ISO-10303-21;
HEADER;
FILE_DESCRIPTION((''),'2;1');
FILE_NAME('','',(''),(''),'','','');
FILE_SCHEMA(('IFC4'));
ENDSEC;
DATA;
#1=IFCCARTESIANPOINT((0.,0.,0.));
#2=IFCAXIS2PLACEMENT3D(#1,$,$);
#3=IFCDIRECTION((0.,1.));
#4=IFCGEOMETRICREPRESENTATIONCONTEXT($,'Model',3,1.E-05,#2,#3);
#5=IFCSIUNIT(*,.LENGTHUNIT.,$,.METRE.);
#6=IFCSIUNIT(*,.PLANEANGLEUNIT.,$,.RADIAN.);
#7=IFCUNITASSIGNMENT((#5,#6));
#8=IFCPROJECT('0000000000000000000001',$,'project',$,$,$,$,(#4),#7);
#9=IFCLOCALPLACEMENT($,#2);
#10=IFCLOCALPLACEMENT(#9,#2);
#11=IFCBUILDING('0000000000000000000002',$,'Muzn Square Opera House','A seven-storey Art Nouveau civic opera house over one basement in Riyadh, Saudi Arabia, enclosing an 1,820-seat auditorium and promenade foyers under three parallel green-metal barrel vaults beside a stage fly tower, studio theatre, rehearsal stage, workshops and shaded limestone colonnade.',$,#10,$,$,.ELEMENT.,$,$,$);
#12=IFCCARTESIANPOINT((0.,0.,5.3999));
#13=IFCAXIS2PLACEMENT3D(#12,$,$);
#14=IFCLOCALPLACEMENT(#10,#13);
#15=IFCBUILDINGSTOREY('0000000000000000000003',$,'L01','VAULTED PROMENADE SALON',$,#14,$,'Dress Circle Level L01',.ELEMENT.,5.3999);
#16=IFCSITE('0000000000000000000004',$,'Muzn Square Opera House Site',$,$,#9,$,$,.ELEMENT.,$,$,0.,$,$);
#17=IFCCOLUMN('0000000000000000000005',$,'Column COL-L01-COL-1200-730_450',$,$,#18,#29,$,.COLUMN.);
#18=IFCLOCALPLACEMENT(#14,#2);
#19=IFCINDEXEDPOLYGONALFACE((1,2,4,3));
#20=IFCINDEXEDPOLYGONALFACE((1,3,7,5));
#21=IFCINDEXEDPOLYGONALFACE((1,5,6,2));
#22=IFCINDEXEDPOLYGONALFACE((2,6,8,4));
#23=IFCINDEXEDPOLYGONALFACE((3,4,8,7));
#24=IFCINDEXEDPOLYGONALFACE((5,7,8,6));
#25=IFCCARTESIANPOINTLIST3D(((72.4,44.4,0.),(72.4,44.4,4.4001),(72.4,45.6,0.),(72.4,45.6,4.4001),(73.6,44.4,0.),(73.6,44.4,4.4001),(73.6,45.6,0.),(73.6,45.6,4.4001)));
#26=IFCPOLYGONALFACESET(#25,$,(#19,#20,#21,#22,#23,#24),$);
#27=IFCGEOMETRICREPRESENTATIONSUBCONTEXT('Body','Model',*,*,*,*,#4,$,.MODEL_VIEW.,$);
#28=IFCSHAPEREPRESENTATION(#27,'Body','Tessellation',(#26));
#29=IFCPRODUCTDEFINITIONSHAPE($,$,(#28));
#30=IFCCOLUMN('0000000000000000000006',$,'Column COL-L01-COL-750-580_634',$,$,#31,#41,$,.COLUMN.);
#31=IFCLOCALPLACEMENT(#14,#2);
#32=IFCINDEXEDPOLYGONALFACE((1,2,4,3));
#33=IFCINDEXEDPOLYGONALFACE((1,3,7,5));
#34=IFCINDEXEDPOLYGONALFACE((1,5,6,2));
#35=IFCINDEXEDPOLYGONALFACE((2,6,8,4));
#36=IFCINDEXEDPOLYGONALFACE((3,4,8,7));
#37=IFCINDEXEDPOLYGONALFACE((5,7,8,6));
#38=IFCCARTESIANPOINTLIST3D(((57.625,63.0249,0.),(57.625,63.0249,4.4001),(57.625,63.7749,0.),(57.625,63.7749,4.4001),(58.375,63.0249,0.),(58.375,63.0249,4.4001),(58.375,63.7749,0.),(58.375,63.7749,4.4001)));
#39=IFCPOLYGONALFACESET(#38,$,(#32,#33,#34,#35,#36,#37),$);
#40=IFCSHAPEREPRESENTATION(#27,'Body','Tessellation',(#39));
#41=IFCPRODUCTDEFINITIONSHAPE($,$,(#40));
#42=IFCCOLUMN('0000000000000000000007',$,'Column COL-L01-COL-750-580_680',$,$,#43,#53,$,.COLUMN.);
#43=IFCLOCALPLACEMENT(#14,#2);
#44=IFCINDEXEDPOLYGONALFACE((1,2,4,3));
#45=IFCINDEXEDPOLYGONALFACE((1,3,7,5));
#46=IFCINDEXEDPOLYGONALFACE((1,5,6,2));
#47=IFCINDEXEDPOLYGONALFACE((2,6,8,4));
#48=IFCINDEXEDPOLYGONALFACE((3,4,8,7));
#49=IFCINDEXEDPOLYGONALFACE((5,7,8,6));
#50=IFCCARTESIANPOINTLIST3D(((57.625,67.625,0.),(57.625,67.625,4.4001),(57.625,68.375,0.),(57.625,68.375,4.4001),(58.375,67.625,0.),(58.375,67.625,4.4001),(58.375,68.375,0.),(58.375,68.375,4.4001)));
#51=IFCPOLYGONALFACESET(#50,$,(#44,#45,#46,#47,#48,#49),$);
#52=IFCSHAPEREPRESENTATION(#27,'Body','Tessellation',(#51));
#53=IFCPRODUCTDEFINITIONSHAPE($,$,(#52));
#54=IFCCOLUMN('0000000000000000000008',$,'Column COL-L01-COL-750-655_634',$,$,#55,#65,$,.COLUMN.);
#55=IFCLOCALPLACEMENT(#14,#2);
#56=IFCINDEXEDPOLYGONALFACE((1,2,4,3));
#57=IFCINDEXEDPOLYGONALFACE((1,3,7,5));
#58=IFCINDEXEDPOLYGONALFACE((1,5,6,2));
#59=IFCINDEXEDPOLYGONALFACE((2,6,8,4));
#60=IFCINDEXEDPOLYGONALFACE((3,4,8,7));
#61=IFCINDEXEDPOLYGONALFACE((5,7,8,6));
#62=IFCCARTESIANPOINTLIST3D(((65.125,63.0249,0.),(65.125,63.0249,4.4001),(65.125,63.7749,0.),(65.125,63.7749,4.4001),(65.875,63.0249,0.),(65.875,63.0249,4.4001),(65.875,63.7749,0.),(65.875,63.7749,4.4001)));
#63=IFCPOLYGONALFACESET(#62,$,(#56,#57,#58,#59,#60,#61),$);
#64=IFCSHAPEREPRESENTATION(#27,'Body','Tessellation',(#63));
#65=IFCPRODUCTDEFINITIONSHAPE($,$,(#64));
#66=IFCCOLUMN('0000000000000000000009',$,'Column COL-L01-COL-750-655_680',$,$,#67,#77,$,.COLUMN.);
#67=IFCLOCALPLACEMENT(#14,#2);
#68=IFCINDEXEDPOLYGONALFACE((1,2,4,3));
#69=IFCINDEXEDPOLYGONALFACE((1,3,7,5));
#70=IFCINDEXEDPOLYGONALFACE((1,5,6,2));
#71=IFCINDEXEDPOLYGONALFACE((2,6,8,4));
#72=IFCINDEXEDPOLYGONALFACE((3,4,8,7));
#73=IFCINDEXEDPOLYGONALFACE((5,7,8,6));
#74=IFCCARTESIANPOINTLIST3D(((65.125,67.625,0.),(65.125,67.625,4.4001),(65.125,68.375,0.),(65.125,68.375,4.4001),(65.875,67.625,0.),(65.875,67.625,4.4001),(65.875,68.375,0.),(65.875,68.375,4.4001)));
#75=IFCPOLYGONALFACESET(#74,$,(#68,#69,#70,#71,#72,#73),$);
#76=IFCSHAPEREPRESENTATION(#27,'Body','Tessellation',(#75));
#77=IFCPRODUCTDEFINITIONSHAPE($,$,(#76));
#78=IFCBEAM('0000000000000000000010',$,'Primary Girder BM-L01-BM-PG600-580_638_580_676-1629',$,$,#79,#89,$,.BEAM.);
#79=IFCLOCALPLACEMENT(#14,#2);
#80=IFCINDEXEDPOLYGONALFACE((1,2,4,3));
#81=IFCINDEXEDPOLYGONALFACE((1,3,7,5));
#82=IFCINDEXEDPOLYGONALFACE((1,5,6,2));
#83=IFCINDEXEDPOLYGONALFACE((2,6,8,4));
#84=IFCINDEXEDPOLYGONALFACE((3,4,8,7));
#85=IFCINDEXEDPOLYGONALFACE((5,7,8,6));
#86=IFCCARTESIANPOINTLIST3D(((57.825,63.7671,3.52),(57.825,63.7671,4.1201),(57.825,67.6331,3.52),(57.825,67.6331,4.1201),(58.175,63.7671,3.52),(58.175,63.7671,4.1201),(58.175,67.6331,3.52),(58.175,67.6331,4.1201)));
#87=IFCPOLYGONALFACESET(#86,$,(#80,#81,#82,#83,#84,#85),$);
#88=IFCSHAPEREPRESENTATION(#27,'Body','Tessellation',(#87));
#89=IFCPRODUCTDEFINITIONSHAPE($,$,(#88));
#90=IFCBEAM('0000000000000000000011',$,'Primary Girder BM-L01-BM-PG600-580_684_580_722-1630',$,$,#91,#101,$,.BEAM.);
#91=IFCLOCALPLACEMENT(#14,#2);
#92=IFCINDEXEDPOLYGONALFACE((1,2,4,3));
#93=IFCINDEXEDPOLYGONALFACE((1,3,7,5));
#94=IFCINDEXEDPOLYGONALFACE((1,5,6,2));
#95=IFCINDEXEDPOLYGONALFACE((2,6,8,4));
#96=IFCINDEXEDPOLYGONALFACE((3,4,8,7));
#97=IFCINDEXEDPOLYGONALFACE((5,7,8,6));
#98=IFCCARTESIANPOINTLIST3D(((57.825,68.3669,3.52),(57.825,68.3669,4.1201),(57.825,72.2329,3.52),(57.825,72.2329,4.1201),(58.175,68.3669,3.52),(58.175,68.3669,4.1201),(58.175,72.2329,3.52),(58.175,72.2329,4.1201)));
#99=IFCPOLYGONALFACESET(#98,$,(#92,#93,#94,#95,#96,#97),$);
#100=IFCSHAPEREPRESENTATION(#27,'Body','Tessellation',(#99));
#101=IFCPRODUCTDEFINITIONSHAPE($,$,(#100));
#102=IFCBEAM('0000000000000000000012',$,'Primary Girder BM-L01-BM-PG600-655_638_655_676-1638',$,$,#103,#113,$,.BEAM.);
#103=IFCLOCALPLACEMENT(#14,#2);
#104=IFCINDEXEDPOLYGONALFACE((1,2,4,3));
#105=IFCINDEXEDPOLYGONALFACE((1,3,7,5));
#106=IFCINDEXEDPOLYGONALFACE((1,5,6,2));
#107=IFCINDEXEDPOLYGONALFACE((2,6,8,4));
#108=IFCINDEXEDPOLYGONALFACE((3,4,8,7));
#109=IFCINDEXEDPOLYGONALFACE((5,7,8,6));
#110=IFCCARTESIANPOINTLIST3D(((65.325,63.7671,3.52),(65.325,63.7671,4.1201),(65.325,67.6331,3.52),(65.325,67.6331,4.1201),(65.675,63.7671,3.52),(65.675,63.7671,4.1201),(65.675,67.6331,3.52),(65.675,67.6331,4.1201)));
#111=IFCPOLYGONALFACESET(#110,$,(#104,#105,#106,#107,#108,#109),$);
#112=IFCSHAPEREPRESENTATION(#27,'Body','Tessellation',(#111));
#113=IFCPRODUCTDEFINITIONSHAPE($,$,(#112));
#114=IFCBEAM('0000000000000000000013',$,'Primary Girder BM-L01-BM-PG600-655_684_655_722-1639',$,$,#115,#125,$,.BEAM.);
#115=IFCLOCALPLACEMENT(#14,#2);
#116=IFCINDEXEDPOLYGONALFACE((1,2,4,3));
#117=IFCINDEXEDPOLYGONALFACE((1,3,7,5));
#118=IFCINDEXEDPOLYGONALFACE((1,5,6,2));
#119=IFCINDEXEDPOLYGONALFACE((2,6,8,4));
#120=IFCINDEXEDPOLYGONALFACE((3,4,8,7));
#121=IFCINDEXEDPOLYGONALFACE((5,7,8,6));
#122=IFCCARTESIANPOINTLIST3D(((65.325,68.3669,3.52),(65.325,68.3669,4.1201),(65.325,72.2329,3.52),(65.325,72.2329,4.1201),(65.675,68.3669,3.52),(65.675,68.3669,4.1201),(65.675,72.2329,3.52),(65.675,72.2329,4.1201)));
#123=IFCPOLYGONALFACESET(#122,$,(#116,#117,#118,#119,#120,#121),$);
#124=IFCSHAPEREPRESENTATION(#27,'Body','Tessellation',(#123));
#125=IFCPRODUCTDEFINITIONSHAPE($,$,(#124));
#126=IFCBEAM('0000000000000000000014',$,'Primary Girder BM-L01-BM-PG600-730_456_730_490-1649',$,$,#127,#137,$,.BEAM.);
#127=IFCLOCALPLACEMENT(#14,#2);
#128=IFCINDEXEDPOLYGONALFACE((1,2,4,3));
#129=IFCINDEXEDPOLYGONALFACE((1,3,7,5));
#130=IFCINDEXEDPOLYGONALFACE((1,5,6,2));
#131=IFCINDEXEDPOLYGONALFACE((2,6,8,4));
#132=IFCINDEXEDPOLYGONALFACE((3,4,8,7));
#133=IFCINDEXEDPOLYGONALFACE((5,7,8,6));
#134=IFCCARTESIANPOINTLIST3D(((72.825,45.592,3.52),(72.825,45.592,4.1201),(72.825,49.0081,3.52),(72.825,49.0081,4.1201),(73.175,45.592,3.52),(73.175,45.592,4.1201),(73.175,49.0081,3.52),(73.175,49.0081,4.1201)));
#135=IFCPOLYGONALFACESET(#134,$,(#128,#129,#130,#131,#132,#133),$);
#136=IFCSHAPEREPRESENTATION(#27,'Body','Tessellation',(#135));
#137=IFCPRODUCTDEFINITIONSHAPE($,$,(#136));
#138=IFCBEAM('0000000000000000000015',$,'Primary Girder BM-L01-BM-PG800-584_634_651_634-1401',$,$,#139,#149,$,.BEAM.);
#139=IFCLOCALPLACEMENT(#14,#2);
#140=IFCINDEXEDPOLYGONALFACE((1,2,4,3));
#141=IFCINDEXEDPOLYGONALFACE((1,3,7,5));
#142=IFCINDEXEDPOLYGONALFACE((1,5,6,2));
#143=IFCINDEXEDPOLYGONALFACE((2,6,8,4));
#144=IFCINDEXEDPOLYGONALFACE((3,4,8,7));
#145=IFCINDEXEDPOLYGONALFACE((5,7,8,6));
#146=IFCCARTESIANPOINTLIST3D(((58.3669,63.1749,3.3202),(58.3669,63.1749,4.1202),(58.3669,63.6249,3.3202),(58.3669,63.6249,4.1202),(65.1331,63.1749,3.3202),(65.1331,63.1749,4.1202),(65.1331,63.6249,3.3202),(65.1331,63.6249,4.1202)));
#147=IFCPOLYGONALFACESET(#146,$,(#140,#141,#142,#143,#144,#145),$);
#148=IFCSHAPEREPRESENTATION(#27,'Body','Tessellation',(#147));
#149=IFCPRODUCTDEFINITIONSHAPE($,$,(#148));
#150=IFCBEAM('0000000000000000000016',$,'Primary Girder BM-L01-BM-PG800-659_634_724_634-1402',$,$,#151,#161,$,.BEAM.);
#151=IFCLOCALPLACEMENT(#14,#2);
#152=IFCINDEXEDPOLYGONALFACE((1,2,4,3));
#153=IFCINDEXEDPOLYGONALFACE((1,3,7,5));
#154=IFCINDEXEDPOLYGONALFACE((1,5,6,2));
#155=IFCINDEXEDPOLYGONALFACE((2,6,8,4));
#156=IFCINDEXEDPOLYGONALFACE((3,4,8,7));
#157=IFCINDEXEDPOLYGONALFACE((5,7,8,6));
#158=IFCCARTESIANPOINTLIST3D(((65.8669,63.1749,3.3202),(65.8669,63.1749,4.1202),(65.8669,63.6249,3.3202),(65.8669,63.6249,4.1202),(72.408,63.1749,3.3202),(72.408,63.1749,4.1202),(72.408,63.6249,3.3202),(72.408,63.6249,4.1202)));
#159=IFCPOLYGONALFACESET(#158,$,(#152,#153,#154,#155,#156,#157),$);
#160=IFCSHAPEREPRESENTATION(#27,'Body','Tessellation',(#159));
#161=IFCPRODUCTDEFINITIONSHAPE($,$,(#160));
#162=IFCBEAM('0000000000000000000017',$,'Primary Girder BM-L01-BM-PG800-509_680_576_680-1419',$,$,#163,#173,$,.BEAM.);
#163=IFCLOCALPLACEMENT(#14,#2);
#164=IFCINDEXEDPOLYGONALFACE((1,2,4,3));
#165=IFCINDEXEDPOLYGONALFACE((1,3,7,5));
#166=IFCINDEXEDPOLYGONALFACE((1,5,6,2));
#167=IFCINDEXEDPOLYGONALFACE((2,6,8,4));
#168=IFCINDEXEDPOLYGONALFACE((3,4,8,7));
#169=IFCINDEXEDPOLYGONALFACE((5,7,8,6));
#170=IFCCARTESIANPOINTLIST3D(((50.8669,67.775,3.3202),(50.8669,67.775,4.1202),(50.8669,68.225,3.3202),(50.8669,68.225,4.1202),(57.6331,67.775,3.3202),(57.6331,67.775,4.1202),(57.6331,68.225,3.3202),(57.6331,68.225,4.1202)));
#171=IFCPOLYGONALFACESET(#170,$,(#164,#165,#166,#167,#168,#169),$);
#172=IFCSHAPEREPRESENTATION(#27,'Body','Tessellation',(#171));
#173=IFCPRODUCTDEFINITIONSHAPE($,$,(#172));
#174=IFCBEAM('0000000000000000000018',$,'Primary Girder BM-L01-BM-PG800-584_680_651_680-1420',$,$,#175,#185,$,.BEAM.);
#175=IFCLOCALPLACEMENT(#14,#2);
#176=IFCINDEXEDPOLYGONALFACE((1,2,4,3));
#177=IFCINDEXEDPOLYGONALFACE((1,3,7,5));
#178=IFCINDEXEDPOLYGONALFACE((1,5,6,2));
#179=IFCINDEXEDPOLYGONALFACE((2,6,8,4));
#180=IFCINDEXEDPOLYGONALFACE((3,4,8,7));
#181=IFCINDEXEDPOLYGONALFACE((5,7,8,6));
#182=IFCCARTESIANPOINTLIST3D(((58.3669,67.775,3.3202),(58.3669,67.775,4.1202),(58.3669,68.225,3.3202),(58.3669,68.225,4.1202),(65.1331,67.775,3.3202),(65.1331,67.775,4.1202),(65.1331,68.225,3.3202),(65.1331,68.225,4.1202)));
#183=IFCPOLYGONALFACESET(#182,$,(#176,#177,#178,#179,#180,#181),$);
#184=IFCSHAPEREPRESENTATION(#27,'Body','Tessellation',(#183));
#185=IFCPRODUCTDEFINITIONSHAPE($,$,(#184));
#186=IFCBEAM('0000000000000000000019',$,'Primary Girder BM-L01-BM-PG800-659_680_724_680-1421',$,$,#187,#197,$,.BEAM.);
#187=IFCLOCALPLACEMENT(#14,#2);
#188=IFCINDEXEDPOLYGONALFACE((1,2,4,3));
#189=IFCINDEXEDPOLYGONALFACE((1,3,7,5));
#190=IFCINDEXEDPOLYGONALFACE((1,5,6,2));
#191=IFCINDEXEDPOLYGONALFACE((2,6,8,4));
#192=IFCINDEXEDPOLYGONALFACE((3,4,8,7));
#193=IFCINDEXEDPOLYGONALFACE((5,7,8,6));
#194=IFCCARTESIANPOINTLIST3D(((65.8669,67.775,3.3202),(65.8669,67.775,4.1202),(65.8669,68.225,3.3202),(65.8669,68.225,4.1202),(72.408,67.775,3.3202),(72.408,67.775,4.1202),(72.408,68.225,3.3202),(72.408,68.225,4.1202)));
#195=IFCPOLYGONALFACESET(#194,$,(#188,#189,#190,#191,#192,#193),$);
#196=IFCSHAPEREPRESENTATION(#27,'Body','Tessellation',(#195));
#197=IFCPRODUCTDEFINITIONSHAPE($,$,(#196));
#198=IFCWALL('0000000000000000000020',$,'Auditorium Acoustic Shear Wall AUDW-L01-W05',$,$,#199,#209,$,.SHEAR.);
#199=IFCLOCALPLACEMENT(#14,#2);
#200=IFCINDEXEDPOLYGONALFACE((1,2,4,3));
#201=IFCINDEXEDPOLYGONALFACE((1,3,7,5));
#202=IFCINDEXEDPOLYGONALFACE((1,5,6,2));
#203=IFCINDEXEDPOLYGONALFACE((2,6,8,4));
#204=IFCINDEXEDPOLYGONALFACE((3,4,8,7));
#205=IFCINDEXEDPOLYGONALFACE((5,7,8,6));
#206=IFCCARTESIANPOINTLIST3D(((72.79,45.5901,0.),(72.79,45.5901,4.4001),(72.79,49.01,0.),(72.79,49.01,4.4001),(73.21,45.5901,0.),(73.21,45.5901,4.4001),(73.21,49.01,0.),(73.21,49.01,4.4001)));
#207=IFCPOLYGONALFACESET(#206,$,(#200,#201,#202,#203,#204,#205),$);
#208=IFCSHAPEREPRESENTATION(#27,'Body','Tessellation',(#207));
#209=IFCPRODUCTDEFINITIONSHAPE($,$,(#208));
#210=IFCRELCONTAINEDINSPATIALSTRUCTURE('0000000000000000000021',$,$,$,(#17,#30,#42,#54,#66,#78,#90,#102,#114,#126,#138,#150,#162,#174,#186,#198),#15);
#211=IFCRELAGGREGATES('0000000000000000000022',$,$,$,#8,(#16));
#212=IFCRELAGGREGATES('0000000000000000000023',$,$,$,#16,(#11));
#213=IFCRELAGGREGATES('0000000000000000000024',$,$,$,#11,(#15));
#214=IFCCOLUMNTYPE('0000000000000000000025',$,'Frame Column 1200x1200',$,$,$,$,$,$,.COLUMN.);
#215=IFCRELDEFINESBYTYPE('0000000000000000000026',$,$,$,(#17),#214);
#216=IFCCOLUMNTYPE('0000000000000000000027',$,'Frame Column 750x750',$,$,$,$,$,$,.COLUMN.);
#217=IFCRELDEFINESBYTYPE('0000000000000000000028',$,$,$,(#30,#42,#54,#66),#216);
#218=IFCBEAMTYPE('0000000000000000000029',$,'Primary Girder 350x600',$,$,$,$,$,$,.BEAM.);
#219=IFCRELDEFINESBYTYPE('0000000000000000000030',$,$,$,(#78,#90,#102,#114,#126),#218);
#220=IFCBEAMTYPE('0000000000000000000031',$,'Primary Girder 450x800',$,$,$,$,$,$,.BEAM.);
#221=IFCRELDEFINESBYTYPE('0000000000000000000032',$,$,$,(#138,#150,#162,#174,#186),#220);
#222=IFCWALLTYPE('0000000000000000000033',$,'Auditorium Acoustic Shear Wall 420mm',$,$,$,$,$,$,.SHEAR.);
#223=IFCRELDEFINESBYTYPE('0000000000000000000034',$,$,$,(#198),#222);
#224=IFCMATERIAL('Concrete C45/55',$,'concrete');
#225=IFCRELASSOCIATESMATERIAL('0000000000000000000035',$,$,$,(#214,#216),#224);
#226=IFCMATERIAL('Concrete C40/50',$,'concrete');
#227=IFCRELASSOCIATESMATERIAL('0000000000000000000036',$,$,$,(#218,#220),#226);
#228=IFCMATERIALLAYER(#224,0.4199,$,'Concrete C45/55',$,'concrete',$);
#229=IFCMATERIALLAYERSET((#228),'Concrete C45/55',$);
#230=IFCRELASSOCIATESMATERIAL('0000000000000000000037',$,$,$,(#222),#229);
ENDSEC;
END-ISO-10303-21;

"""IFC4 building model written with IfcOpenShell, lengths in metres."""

from ifc_helpers import new_model, si_unit, direction, frame, frame_2d, origin, origin_2d, place, context, subcontext, project, spatial, rectangle, extrude, material, layer, layer_set, material_profile, profile_set, type_object, element, save


model = new_model("IFC4")

# Units and contexts
model_context = context("Model", 3, precision=1e-05, world=origin(), true_north=direction((0.0, 1.0)))
body_context = subcontext(model_context, "Body", "Model", "MODEL_VIEW")
ifc_project = project(units=[si_unit("LENGTHUNIT", "METRE"), si_unit("PLANEANGLEUNIT", "RADIAN")], contexts=[model_context])

# Site, building, storey
site_placement = place(None, origin())
site = spatial("IfcSite", under=ifc_project, at=site_placement, Name="Muzn Square Opera House Site", CompositionType="ELEMENT", RefElevation=0.0)
building_placement = place(site_placement, origin())
building = spatial("IfcBuilding", under=site, at=building_placement, Name="Muzn Square Opera House", Description="A seven-storey Art Nouveau civic opera house over one basement in Riyadh, Saudi Arabia, enclosing an 1,820-seat auditorium and promenade foyers under three parallel green-metal barrel vaults beside a stage fly tower, studio theatre, rehearsal stage, workshops and shaded limestone colonnade.", CompositionType="ELEMENT")
storey_placement = place(building_placement, frame((0.0, 0.0, 5.3999)))
storey = spatial("IfcBuildingStorey", under=building, at=storey_placement, Name="L01", Description="VAULTED PROMENADE SALON", LongName="Dress Circle Level L01", CompositionType="ELEMENT", Elevation=5.3999)

# Columns
ifc_material_1 = material(Name="Concrete C45/55", Category="concrete")
ifc_material_profile_1 = material_profile(ifc_material_1, rectangle(XDim=1.2, YDim=1.2, at=origin_2d()), Name="RC 1200x1200", Category="concrete")
ifc_profile_set_1 = profile_set([ifc_material_profile_1], Name="Concrete C45/55")
column_type_1 = type_object("IfcColumnType", Name="Frame Column 1200x1200", PredefinedType="COLUMN", material=ifc_profile_set_1)
column_placement = place(storey_placement, frame((73.0, 45.0, 0.0), z_axis=(0.0, 0.0, 1.0), x_axis=(1.0, 0.0, 0.0)))
element("IfcColumn", 1, at=column_placement, inside=storey, type_object=column_type_1, Name="Column COL-L01-COL-1200-730_450", PredefinedType="COLUMN", context=body_context, shape_type="SweptSolid", body=[
    extrude(rectangle(XDim=1.2, YDim=1.2, at=origin_2d()), origin(), (0.0, 0.0, 1.0), 4.4001),
])
ifc_material_profile_2 = material_profile(ifc_material_1, rectangle(XDim=0.75, YDim=0.75, at=origin_2d()), Name="RC 750x750", Category="concrete")
ifc_profile_set_2 = profile_set([ifc_material_profile_2], Name="Concrete C45/55")
column_type_2 = type_object("IfcColumnType", Name="Frame Column 750x750", PredefinedType="COLUMN", material=ifc_profile_set_2)
for number, where, z_axis, x_axis, name in (
    (2, (58.0, 63.3999, 0.0), (0.0, 0.0, 1.0), (1.0, 0.0, 0.0), "Column COL-L01-COL-750-580_634"),
    (3, (58.0, 68.0, 0.0), (0.0, 0.0, 1.0), (1.0, 0.0, 0.0), "Column COL-L01-COL-750-580_680"),
    (4, (65.5, 63.3999, 0.0), (0.0, 0.0, 1.0), (1.0, 0.0, 0.0), "Column COL-L01-COL-750-655_634"),
    (5, (65.5, 68.0, 0.0), (0.0, 0.0, 1.0), (1.0, 0.0, 0.0), "Column COL-L01-COL-750-655_680"),
):
    element("IfcColumn", number, at=place(storey_placement, frame(where, z_axis=z_axis, x_axis=x_axis)), inside=storey, type_object=column_type_2, Name=name, PredefinedType="COLUMN", context=body_context, shape_type="SweptSolid", body=[
        extrude(rectangle(XDim=0.75, YDim=0.75, at=origin_2d()), origin(), (0.0, 0.0, 1.0), 4.4001),
    ])

# Beams
ifc_material_2 = material(Name="Concrete C40/50", Category="concrete")
ifc_material_profile_3 = material_profile(ifc_material_2, rectangle(XDim=0.3501, YDim=0.6001, at=origin_2d()), Name="RCB 350x600", Category="concrete")
ifc_profile_set_3 = profile_set([ifc_material_profile_3], Name="Concrete C40/50")
beam_type_1 = type_object("IfcBeamType", Name="Primary Girder 350x600", PredefinedType="BEAM", material=ifc_profile_set_3)
for number, where, z_axis, x_axis, name in (
    (6, (58.0, 63.7671, 3.8201), (0.0, 1.0, 0.0), (-1.0, 0.0, 0.0), "Primary Girder BM-L01-BM-PG600-580_638_580_676-1629"),
    (7, (58.0, 68.3669, 3.8201), (0.0, 1.0, 0.0), (-1.0, 0.0, 0.0), "Primary Girder BM-L01-BM-PG600-580_684_580_722-1630"),
    (8, (65.5, 63.7671, 3.8201), (0.0, 1.0, 0.0), (-1.0, 0.0, 0.0), "Primary Girder BM-L01-BM-PG600-655_638_655_676-1638"),
    (9, (65.5, 68.3669, 3.8201), (0.0, 1.0, 0.0), (-1.0, 0.0, 0.0), "Primary Girder BM-L01-BM-PG600-655_684_655_722-1639"),
):
    element("IfcBeam", number, at=place(storey_placement, frame(where, z_axis=z_axis, x_axis=x_axis)), inside=storey, type_object=beam_type_1, Name=name, PredefinedType="BEAM", context=body_context, shape_type="SweptSolid", body=[
        extrude(rectangle(XDim=0.3501, YDim=0.6001, at=origin_2d()), origin(), (0.0, 0.0, 1.0), 3.866),
    ])
beam_1_placement = place(storey_placement, frame((73.0, 45.592, 3.8201), z_axis=(0.0, 1.0, 0.0), x_axis=(-1.0, 0.0, 0.0)))
element("IfcBeam", 10, at=beam_1_placement, inside=storey, type_object=beam_type_1, Name="Primary Girder BM-L01-BM-PG600-730_456_730_490-1649", PredefinedType="BEAM", context=body_context, shape_type="SweptSolid", body=[
    extrude(rectangle(XDim=0.3501, YDim=0.6001, at=origin_2d()), origin(), (0.0, 0.0, 1.0), 3.416),
])
ifc_material_profile_4 = material_profile(ifc_material_2, rectangle(XDim=0.45, YDim=0.8, at=origin_2d()), Name="RCB 450x800", Category="concrete")
ifc_profile_set_4 = profile_set([ifc_material_profile_4], Name="Concrete C40/50")
beam_type_2 = type_object("IfcBeamType", Name="Primary Girder 450x800", PredefinedType="BEAM", material=ifc_profile_set_4)
beam_2_placement = place(storey_placement, frame((58.3669, 63.3999, 3.7202), z_axis=(1.0, 0.0, 0.0), x_axis=(0.0, 1.0, 0.0)))
element("IfcBeam", 11, at=beam_2_placement, inside=storey, type_object=beam_type_2, Name="Primary Girder BM-L01-BM-PG800-584_634_651_634-1401", PredefinedType="BEAM", context=body_context, shape_type="SweptSolid", body=[
    extrude(rectangle(XDim=0.45, YDim=0.8, at=origin_2d()), origin(), (0.0, 0.0, 1.0), 6.7661),
])
beam_3_placement = place(storey_placement, frame((65.8669, 63.3999, 3.7202), z_axis=(1.0, 0.0, 0.0), x_axis=(0.0, 1.0, 0.0)))
element("IfcBeam", 12, at=beam_3_placement, inside=storey, type_object=beam_type_2, Name="Primary Girder BM-L01-BM-PG800-659_634_724_634-1402", PredefinedType="BEAM", context=body_context, shape_type="SweptSolid", body=[
    extrude(rectangle(XDim=0.45, YDim=0.8, at=origin_2d()), origin(), (0.0, 0.0, 1.0), 6.541),
])
for number, where, z_axis, x_axis, name in (
    (13, (50.8669, 68.0, 3.7202), (1.0, 0.0, 0.0), (0.0, 1.0, 0.0), "Primary Girder BM-L01-BM-PG800-509_680_576_680-1419"),
    (14, (58.3669, 68.0, 3.7202), (1.0, 0.0, 0.0), (0.0, 1.0, 0.0), "Primary Girder BM-L01-BM-PG800-584_680_651_680-1420"),
):
    element("IfcBeam", number, at=place(storey_placement, frame(where, z_axis=z_axis, x_axis=x_axis)), inside=storey, type_object=beam_type_2, Name=name, PredefinedType="BEAM", context=body_context, shape_type="SweptSolid", body=[
        extrude(rectangle(XDim=0.45, YDim=0.8, at=origin_2d()), origin(), (0.0, 0.0, 1.0), 6.7661),
    ])
beam_4_placement = place(storey_placement, frame((65.8669, 68.0, 3.7202), z_axis=(1.0, 0.0, 0.0), x_axis=(0.0, 1.0, 0.0)))
element("IfcBeam", 15, at=beam_4_placement, inside=storey, type_object=beam_type_2, Name="Primary Girder BM-L01-BM-PG800-659_680_724_680-1421", PredefinedType="BEAM", context=body_context, shape_type="SweptSolid", body=[
    extrude(rectangle(XDim=0.45, YDim=0.8, at=origin_2d()), origin(), (0.0, 0.0, 1.0), 6.541),
])

# Wall
ifc_layer_1 = layer(ifc_material_1, 0.4199, Name="Concrete C45/55", Category="concrete")
ifc_layer_set_1 = layer_set([ifc_layer_1], Name="Concrete C45/55")
wall_type_1 = type_object("IfcWallType", Name="Auditorium Acoustic Shear Wall 420mm", PredefinedType="SHEAR", material=ifc_layer_set_1)
wall_1_placement = place(storey_placement, frame((73.0, 45.5901, 0.0), z_axis=(0.0, 0.0, 1.0), x_axis=(0.0, 1.0, 0.0)))
element("IfcWall", 16, at=wall_1_placement, inside=storey, type_object=wall_type_1, Name="Auditorium Acoustic Shear Wall AUDW-L01-W05", PredefinedType="SHEAR", context=body_context, shape_type="SweptSolid", body=[
    extrude(rectangle(XDim=3.4199, YDim=0.4199, at=frame_2d((1.71, 0.0))), origin(), (0.0, 0.0, 1.0), 4.4001),
])

save(model, "model.ifc")
